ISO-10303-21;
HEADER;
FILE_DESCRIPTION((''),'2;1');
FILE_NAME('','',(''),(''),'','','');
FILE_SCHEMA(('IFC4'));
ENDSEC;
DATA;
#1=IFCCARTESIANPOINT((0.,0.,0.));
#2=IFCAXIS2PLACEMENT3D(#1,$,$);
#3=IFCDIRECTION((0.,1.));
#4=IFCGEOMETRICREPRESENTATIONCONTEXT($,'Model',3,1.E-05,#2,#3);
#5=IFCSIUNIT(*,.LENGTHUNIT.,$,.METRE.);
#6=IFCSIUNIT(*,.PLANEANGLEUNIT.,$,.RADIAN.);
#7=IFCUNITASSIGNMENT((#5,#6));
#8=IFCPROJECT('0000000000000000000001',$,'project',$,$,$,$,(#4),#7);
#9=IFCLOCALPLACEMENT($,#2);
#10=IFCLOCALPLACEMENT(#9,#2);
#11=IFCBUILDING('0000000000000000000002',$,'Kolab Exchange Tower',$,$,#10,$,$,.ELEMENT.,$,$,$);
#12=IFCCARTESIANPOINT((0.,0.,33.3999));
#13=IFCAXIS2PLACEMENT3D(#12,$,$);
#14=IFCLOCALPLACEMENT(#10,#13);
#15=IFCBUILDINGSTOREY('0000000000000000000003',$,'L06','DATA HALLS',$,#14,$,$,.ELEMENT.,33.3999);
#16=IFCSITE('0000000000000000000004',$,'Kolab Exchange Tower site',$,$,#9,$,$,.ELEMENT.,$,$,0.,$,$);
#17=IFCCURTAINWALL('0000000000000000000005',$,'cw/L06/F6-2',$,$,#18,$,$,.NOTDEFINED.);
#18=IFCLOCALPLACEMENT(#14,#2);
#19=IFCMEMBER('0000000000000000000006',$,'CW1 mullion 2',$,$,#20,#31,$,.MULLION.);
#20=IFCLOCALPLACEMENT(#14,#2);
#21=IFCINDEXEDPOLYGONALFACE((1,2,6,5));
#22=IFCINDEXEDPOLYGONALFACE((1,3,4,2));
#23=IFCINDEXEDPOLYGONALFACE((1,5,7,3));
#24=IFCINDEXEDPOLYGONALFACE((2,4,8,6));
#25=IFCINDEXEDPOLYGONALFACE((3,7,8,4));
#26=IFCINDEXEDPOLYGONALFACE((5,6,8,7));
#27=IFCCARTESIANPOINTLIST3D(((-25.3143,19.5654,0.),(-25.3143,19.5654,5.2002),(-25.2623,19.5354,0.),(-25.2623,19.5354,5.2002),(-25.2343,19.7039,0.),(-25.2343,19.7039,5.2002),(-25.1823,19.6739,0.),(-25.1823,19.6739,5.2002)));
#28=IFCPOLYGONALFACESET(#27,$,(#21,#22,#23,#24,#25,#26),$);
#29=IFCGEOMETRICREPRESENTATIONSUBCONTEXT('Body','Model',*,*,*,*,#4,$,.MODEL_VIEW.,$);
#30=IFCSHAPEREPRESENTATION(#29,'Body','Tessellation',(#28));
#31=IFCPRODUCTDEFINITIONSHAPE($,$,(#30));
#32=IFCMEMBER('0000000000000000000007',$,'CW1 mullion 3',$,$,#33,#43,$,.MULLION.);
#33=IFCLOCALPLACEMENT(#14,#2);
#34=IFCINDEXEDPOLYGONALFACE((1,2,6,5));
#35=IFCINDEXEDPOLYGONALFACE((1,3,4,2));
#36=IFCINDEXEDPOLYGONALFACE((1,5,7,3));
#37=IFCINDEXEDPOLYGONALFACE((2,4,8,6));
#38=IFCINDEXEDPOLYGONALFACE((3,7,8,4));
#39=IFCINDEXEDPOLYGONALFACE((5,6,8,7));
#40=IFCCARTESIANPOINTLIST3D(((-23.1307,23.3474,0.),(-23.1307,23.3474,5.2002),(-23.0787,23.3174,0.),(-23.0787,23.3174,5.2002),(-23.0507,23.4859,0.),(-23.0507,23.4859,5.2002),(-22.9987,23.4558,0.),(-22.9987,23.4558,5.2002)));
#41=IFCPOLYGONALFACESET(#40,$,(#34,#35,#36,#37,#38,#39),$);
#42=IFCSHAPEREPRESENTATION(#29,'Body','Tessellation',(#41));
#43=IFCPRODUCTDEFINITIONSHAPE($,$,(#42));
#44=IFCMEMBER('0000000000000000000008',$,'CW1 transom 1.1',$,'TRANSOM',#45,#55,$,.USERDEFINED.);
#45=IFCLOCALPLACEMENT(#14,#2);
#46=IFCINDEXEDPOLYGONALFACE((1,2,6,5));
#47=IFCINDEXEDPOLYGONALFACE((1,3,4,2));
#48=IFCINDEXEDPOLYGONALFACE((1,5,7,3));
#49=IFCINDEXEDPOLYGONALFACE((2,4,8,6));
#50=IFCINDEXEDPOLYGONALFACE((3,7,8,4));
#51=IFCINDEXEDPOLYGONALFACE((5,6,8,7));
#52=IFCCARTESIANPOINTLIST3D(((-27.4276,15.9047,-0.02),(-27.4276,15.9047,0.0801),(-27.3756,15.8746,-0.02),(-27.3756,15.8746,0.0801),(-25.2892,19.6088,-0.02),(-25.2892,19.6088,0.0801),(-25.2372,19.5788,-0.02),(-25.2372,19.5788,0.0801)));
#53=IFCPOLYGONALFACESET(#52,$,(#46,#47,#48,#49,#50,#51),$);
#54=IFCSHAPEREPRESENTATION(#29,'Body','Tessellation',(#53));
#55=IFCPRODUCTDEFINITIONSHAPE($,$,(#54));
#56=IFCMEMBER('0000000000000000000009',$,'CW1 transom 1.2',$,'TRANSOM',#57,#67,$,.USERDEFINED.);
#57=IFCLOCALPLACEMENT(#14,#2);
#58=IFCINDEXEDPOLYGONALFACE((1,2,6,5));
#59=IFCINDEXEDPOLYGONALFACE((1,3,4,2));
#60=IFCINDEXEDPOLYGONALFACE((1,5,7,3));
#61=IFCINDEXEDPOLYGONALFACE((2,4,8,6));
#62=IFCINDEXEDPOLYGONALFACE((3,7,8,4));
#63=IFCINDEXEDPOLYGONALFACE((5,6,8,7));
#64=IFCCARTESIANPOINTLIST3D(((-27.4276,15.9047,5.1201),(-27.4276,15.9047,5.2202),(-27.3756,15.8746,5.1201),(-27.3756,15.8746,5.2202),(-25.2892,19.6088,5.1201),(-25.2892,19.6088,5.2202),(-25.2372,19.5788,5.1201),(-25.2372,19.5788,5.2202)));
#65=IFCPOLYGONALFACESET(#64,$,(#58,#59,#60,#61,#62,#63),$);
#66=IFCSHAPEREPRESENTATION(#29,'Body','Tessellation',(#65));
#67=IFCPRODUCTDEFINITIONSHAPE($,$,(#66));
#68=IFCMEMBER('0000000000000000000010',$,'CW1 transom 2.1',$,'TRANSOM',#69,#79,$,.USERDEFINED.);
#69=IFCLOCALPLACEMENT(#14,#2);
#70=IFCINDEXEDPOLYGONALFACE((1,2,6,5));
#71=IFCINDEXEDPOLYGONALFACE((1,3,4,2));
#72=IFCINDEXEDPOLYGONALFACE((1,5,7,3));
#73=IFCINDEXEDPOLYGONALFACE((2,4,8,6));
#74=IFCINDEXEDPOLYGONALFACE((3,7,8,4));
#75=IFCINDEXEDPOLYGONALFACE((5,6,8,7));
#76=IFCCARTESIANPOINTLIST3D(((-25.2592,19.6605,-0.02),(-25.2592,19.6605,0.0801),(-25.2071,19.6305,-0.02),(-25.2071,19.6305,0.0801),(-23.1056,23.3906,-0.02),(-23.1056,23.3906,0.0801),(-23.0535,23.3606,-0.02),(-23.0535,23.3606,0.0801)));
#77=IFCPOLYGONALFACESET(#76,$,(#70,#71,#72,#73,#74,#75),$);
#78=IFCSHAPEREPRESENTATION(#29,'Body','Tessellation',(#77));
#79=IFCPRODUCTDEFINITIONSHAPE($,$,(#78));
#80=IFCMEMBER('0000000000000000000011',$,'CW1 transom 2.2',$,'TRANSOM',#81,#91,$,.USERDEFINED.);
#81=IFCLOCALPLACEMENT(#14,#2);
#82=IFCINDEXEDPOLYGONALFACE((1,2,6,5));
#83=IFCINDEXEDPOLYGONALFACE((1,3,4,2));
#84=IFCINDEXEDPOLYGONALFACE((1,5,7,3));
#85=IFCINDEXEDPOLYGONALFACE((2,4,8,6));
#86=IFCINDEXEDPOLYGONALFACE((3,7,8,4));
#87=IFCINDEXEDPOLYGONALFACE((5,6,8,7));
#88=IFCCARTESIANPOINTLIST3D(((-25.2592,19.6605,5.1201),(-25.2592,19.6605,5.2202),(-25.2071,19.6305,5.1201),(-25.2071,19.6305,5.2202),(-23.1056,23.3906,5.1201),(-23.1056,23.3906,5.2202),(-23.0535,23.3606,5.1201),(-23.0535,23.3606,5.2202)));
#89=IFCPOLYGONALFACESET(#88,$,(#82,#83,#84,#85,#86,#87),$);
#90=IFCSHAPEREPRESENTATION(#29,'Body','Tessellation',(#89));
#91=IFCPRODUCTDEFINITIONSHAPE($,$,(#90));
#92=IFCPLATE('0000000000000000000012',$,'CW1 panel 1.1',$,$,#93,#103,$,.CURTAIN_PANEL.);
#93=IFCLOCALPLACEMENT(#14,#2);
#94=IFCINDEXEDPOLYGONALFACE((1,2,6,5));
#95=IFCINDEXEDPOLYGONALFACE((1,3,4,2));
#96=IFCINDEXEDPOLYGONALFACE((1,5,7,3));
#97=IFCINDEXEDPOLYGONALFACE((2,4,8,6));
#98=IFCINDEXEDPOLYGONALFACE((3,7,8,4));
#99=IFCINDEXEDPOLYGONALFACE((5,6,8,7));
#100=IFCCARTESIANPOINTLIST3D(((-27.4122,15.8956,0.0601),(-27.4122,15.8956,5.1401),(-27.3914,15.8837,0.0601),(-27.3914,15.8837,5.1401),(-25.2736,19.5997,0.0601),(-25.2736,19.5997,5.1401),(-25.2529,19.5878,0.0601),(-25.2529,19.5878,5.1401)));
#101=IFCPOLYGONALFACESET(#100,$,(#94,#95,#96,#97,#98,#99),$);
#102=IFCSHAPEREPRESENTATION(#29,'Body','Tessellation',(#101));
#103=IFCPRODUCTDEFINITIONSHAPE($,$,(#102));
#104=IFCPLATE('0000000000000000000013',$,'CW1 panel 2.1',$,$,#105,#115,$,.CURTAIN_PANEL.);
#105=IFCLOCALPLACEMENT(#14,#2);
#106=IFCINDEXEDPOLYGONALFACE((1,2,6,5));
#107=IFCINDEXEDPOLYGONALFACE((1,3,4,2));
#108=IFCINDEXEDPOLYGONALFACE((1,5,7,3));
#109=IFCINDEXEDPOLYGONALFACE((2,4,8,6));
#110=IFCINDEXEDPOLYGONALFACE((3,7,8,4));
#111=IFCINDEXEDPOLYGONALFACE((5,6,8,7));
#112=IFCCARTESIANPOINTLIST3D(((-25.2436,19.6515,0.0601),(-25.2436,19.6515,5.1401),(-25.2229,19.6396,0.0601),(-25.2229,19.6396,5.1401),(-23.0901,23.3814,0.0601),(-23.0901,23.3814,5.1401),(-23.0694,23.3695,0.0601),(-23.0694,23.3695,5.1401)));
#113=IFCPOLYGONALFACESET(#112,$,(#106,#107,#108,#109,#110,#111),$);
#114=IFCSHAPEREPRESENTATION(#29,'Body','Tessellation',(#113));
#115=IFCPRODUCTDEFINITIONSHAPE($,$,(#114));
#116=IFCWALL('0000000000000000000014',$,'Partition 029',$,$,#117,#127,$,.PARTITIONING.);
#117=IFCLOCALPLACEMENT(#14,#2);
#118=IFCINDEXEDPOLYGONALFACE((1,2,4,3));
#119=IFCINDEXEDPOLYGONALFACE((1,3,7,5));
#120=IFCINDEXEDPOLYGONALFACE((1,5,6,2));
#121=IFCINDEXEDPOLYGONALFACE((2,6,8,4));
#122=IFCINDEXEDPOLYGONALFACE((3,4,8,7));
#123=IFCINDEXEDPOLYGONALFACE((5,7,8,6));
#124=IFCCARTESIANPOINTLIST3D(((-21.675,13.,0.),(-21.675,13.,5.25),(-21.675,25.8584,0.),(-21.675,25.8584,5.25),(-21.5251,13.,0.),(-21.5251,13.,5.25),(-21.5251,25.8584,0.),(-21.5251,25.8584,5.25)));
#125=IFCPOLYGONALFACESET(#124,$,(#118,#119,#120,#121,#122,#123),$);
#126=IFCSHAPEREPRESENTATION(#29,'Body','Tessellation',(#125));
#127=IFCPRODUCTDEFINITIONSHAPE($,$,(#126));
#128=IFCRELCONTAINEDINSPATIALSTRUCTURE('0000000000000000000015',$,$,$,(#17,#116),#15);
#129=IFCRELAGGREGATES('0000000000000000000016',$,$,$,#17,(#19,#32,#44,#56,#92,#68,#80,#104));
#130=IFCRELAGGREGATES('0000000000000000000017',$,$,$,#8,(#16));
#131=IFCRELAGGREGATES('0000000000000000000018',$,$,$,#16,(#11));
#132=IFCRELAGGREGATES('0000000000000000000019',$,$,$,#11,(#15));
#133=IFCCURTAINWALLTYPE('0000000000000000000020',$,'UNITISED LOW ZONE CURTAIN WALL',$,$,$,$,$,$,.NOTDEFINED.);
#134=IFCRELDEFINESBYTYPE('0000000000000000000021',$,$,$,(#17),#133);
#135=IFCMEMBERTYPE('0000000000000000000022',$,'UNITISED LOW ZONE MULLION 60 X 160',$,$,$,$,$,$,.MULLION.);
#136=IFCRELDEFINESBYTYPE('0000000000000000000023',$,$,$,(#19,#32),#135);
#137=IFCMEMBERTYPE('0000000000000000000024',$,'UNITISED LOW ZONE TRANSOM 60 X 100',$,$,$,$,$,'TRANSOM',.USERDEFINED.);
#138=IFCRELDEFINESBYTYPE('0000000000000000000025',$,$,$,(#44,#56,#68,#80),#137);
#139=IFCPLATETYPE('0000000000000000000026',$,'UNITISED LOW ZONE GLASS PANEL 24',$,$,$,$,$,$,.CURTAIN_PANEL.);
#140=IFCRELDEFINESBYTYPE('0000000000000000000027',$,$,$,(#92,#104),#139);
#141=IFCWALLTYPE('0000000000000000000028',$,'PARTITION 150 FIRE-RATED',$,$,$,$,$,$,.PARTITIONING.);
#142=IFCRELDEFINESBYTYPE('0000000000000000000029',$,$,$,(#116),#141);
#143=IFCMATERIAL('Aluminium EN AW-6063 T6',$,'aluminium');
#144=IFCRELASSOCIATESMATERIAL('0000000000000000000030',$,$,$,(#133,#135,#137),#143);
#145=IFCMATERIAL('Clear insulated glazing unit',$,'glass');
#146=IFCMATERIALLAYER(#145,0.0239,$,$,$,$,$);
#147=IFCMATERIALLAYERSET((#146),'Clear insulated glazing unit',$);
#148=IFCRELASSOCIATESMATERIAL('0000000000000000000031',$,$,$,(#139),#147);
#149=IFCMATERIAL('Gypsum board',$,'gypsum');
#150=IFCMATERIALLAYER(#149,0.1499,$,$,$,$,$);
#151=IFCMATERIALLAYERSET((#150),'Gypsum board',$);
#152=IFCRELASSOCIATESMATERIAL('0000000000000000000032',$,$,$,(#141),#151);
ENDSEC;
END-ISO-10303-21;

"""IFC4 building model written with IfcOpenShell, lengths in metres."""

from ifc_helpers import new_model, si_unit, direction, frame, frame_2d, origin, origin_2d, place, context, subcontext, project, spatial, rectangle, extrude, material, layer, layer_set, material_profile, profile_set, type_object, element, aggregate, save


model = new_model("IFC4")

# Units and contexts
model_context = context("Model", 3, precision=1e-05, world=origin(), true_north=direction((0.0, 1.0)))
body_context = subcontext(model_context, "Body", "Model", "MODEL_VIEW")
ifc_project = project(units=[si_unit("LENGTHUNIT", "METRE"), si_unit("PLANEANGLEUNIT", "RADIAN")], contexts=[model_context])

# Site, building, storey
site_placement = place(None, origin())
site = spatial("IfcSite", under=ifc_project, at=site_placement, Name="Kolab Exchange Tower site", CompositionType="ELEMENT", RefElevation=0.0)
building_placement = place(site_placement, origin())
building = spatial("IfcBuilding", under=site, at=building_placement, Name="Kolab Exchange Tower", CompositionType="ELEMENT")
storey_placement = place(building_placement, frame((0.0, 0.0, 33.3999)))
storey = spatial("IfcBuildingStorey", under=building, at=storey_placement, Name="L06", Description="DATA HALLS", CompositionType="ELEMENT", Elevation=33.3999)

# Curtain wall, members, plates
ifc_material_1 = material(Name="Aluminium EN AW-6063 T6", Category="aluminium")
curtain_wall_type = type_object("IfcCurtainWallType", Name="UNITISED LOW ZONE CURTAIN WALL", PredefinedType="NOTDEFINED", material=ifc_material_1)
curtain_wall_placement = place(storey_placement, origin())
curtain_wall = element("IfcCurtainWall", 1, at=curtain_wall_placement, inside=storey, type_object=curtain_wall_type, Name="cw/L06/F6-2", PredefinedType="NOTDEFINED")
ifc_material_profile_1 = material_profile(ifc_material_1, rectangle(XDim=0.0601, YDim=0.1599, at=origin_2d()), Name="RECT 60X160")
ifc_profile_set_1 = profile_set([ifc_material_profile_1], Name="Aluminium EN AW-6063 T6")
member_type_1 = type_object("IfcMemberType", Name="UNITISED LOW ZONE MULLION 60 X 160", PredefinedType="MULLION", material=ifc_profile_set_1)
member_1_placement = place(storey_placement, frame((-25.2483, 19.6196, 0.0), z_axis=(0.0, 0.0, 1.0), x_axis=(-0.866025, 0.5, 0.0)))
member_1 = element("IfcMember", 2, at=member_1_placement, type_object=member_type_1, Name="CW1 mullion 2", PredefinedType="MULLION", context=body_context, shape_type="SweptSolid", body=[
    extrude(rectangle(XDim=0.0601, YDim=0.1599, at=origin_2d()), origin(), (0.0, 0.0, 1.0), 5.2002),
])
member_2_placement = place(storey_placement, frame((-23.0647, 23.4016, 0.0), z_axis=(0.0, 0.0, 1.0), x_axis=(-0.866025, 0.5, 0.0)))
member_2 = element("IfcMember", 3, at=member_2_placement, type_object=member_type_1, Name="CW1 mullion 3", PredefinedType="MULLION", context=body_context, shape_type="SweptSolid", body=[
    extrude(rectangle(XDim=0.0601, YDim=0.1599, at=origin_2d()), origin(), (0.0, 0.0, 1.0), 5.2002),
])
ifc_material_profile_2 = material_profile(ifc_material_1, rectangle(XDim=0.0601, YDim=0.1001, at=origin_2d()), Name="RECT 60X100")
ifc_profile_set_2 = profile_set([ifc_material_profile_2], Name="Aluminium EN AW-6063 T6")
member_type_2 = type_object("IfcMemberType", Name="UNITISED LOW ZONE TRANSOM 60 X 100", ElementType="TRANSOM", PredefinedType="USERDEFINED", material=ifc_profile_set_2)
member_3_placement = place(storey_placement, frame((-27.4016, 15.8896, 0.03), z_axis=(0.499976, 0.866039, 0.0), x_axis=(-0.866039, 0.499976, 0.0)))
member_3 = element("IfcMember", 4, at=member_3_placement, type_object=member_type_2, Name="CW1 transom 1.1", ObjectType="TRANSOM", PredefinedType="USERDEFINED", context=body_context, shape_type="SweptSolid", body=[
    extrude(rectangle(XDim=0.0601, YDim=0.1001, at=origin_2d()), origin(), (0.0, 0.0, 1.0), 4.2771),
])
member_4_placement = place(storey_placement, frame((-27.4016, 15.8896, 5.1702), z_axis=(0.499976, 0.866039, 0.0), x_axis=(-0.866039, 0.499976, 0.0)))
member_4 = element("IfcMember", 5, at=member_4_placement, type_object=member_type_2, Name="CW1 transom 1.2", ObjectType="TRANSOM", PredefinedType="USERDEFINED", context=body_context, shape_type="SweptSolid", body=[
    extrude(rectangle(XDim=0.0601, YDim=0.1001, at=origin_2d()), origin(), (0.0, 0.0, 1.0), 4.2771),
])
member_5_placement = place(storey_placement, frame((-25.2332, 19.6455, 0.03), z_axis=(0.50001, 0.866019, 0.0), x_axis=(-0.866019, 0.50001, 0.0)))
member_5 = element("IfcMember", 6, at=member_5_placement, type_object=member_type_2, Name="CW1 transom 2.1", ObjectType="TRANSOM", PredefinedType="USERDEFINED", context=body_context, shape_type="SweptSolid", body=[
    extrude(rectangle(XDim=0.0601, YDim=0.1001, at=origin_2d()), origin(), (0.0, 0.0, 1.0), 4.3071),
])
member_6_placement = place(storey_placement, frame((-25.2332, 19.6455, 5.1702), z_axis=(0.50001, 0.866019, 0.0), x_axis=(-0.866019, 0.50001, 0.0)))
member_6 = element("IfcMember", 7, at=member_6_placement, type_object=member_type_2, Name="CW1 transom 2.2", ObjectType="TRANSOM", PredefinedType="USERDEFINED", context=body_context, shape_type="SweptSolid", body=[
    extrude(rectangle(XDim=0.0601, YDim=0.1001, at=origin_2d()), origin(), (0.0, 0.0, 1.0), 4.3071),
])
ifc_material_2 = material(Name="Clear insulated glazing unit", Category="glass")
ifc_layer_1 = layer(ifc_material_2, 0.0239)
ifc_layer_set_1 = layer_set([ifc_layer_1], Name="Clear insulated glazing unit")
plate_type = type_object("IfcPlateType", Name="UNITISED LOW ZONE GLASS PANEL 24", PredefinedType="CURTAIN_PANEL", material=ifc_layer_set_1)
plate_1_placement = place(storey_placement, frame((-26.3325, 17.7417, 0.0601), z_axis=(0.0, 0.0, 1.0), x_axis=(0.5, 0.866025, 0.0)))
plate_1 = element("IfcPlate", 8, at=plate_1_placement, type_object=plate_type, Name="CW1 panel 1.1", PredefinedType="CURTAIN_PANEL", context=body_context, shape_type="SweptSolid", body=[
    extrude(rectangle(XDim=4.2771, YDim=0.0239, at=origin_2d()), origin(), (0.0, 0.0, 1.0), 5.0801),
])
plate_2_placement = place(storey_placement, frame((-24.1565, 21.5105, 0.0601), z_axis=(0.0, 0.0, 1.0), x_axis=(0.5, 0.866025, 0.0)))
plate_2 = element("IfcPlate", 9, at=plate_2_placement, type_object=plate_type, Name="CW1 panel 2.1", PredefinedType="CURTAIN_PANEL", context=body_context, shape_type="SweptSolid", body=[
    extrude(rectangle(XDim=4.3069, YDim=0.0239, at=origin_2d()), origin(), (0.0, 0.0, 1.0), 5.0801),
])
aggregate(curtain_wall, [member_1, member_2, member_3, member_4, plate_1, member_5, member_6, plate_2])

# Wall
ifc_material_3 = material(Name="Gypsum board", Category="gypsum")
ifc_layer_2 = layer(ifc_material_3, 0.1499)
ifc_layer_set_2 = layer_set([ifc_layer_2], Name="Gypsum board")
wall_type = type_object("IfcWallType", Name="PARTITION 150 FIRE-RATED", PredefinedType="PARTITIONING", material=ifc_layer_set_2)
wall_1_placement = place(storey_placement, frame((-21.6001, 13.0, 0.0), z_axis=(0.0, 0.0, 1.0), x_axis=(0.0, 1.0, 0.0)))
element("IfcWall", 10, at=wall_1_placement, inside=storey, type_object=wall_type, Name="Partition 029", PredefinedType="PARTITIONING", context=body_context, shape_type="SweptSolid", body=[
    extrude(rectangle(XDim=12.8584, YDim=0.1499, at=frame_2d((6.4292, 0.0))), origin(), (0.0, 0.0, 1.0), 5.25),
])

save(model, "model.ifc")
